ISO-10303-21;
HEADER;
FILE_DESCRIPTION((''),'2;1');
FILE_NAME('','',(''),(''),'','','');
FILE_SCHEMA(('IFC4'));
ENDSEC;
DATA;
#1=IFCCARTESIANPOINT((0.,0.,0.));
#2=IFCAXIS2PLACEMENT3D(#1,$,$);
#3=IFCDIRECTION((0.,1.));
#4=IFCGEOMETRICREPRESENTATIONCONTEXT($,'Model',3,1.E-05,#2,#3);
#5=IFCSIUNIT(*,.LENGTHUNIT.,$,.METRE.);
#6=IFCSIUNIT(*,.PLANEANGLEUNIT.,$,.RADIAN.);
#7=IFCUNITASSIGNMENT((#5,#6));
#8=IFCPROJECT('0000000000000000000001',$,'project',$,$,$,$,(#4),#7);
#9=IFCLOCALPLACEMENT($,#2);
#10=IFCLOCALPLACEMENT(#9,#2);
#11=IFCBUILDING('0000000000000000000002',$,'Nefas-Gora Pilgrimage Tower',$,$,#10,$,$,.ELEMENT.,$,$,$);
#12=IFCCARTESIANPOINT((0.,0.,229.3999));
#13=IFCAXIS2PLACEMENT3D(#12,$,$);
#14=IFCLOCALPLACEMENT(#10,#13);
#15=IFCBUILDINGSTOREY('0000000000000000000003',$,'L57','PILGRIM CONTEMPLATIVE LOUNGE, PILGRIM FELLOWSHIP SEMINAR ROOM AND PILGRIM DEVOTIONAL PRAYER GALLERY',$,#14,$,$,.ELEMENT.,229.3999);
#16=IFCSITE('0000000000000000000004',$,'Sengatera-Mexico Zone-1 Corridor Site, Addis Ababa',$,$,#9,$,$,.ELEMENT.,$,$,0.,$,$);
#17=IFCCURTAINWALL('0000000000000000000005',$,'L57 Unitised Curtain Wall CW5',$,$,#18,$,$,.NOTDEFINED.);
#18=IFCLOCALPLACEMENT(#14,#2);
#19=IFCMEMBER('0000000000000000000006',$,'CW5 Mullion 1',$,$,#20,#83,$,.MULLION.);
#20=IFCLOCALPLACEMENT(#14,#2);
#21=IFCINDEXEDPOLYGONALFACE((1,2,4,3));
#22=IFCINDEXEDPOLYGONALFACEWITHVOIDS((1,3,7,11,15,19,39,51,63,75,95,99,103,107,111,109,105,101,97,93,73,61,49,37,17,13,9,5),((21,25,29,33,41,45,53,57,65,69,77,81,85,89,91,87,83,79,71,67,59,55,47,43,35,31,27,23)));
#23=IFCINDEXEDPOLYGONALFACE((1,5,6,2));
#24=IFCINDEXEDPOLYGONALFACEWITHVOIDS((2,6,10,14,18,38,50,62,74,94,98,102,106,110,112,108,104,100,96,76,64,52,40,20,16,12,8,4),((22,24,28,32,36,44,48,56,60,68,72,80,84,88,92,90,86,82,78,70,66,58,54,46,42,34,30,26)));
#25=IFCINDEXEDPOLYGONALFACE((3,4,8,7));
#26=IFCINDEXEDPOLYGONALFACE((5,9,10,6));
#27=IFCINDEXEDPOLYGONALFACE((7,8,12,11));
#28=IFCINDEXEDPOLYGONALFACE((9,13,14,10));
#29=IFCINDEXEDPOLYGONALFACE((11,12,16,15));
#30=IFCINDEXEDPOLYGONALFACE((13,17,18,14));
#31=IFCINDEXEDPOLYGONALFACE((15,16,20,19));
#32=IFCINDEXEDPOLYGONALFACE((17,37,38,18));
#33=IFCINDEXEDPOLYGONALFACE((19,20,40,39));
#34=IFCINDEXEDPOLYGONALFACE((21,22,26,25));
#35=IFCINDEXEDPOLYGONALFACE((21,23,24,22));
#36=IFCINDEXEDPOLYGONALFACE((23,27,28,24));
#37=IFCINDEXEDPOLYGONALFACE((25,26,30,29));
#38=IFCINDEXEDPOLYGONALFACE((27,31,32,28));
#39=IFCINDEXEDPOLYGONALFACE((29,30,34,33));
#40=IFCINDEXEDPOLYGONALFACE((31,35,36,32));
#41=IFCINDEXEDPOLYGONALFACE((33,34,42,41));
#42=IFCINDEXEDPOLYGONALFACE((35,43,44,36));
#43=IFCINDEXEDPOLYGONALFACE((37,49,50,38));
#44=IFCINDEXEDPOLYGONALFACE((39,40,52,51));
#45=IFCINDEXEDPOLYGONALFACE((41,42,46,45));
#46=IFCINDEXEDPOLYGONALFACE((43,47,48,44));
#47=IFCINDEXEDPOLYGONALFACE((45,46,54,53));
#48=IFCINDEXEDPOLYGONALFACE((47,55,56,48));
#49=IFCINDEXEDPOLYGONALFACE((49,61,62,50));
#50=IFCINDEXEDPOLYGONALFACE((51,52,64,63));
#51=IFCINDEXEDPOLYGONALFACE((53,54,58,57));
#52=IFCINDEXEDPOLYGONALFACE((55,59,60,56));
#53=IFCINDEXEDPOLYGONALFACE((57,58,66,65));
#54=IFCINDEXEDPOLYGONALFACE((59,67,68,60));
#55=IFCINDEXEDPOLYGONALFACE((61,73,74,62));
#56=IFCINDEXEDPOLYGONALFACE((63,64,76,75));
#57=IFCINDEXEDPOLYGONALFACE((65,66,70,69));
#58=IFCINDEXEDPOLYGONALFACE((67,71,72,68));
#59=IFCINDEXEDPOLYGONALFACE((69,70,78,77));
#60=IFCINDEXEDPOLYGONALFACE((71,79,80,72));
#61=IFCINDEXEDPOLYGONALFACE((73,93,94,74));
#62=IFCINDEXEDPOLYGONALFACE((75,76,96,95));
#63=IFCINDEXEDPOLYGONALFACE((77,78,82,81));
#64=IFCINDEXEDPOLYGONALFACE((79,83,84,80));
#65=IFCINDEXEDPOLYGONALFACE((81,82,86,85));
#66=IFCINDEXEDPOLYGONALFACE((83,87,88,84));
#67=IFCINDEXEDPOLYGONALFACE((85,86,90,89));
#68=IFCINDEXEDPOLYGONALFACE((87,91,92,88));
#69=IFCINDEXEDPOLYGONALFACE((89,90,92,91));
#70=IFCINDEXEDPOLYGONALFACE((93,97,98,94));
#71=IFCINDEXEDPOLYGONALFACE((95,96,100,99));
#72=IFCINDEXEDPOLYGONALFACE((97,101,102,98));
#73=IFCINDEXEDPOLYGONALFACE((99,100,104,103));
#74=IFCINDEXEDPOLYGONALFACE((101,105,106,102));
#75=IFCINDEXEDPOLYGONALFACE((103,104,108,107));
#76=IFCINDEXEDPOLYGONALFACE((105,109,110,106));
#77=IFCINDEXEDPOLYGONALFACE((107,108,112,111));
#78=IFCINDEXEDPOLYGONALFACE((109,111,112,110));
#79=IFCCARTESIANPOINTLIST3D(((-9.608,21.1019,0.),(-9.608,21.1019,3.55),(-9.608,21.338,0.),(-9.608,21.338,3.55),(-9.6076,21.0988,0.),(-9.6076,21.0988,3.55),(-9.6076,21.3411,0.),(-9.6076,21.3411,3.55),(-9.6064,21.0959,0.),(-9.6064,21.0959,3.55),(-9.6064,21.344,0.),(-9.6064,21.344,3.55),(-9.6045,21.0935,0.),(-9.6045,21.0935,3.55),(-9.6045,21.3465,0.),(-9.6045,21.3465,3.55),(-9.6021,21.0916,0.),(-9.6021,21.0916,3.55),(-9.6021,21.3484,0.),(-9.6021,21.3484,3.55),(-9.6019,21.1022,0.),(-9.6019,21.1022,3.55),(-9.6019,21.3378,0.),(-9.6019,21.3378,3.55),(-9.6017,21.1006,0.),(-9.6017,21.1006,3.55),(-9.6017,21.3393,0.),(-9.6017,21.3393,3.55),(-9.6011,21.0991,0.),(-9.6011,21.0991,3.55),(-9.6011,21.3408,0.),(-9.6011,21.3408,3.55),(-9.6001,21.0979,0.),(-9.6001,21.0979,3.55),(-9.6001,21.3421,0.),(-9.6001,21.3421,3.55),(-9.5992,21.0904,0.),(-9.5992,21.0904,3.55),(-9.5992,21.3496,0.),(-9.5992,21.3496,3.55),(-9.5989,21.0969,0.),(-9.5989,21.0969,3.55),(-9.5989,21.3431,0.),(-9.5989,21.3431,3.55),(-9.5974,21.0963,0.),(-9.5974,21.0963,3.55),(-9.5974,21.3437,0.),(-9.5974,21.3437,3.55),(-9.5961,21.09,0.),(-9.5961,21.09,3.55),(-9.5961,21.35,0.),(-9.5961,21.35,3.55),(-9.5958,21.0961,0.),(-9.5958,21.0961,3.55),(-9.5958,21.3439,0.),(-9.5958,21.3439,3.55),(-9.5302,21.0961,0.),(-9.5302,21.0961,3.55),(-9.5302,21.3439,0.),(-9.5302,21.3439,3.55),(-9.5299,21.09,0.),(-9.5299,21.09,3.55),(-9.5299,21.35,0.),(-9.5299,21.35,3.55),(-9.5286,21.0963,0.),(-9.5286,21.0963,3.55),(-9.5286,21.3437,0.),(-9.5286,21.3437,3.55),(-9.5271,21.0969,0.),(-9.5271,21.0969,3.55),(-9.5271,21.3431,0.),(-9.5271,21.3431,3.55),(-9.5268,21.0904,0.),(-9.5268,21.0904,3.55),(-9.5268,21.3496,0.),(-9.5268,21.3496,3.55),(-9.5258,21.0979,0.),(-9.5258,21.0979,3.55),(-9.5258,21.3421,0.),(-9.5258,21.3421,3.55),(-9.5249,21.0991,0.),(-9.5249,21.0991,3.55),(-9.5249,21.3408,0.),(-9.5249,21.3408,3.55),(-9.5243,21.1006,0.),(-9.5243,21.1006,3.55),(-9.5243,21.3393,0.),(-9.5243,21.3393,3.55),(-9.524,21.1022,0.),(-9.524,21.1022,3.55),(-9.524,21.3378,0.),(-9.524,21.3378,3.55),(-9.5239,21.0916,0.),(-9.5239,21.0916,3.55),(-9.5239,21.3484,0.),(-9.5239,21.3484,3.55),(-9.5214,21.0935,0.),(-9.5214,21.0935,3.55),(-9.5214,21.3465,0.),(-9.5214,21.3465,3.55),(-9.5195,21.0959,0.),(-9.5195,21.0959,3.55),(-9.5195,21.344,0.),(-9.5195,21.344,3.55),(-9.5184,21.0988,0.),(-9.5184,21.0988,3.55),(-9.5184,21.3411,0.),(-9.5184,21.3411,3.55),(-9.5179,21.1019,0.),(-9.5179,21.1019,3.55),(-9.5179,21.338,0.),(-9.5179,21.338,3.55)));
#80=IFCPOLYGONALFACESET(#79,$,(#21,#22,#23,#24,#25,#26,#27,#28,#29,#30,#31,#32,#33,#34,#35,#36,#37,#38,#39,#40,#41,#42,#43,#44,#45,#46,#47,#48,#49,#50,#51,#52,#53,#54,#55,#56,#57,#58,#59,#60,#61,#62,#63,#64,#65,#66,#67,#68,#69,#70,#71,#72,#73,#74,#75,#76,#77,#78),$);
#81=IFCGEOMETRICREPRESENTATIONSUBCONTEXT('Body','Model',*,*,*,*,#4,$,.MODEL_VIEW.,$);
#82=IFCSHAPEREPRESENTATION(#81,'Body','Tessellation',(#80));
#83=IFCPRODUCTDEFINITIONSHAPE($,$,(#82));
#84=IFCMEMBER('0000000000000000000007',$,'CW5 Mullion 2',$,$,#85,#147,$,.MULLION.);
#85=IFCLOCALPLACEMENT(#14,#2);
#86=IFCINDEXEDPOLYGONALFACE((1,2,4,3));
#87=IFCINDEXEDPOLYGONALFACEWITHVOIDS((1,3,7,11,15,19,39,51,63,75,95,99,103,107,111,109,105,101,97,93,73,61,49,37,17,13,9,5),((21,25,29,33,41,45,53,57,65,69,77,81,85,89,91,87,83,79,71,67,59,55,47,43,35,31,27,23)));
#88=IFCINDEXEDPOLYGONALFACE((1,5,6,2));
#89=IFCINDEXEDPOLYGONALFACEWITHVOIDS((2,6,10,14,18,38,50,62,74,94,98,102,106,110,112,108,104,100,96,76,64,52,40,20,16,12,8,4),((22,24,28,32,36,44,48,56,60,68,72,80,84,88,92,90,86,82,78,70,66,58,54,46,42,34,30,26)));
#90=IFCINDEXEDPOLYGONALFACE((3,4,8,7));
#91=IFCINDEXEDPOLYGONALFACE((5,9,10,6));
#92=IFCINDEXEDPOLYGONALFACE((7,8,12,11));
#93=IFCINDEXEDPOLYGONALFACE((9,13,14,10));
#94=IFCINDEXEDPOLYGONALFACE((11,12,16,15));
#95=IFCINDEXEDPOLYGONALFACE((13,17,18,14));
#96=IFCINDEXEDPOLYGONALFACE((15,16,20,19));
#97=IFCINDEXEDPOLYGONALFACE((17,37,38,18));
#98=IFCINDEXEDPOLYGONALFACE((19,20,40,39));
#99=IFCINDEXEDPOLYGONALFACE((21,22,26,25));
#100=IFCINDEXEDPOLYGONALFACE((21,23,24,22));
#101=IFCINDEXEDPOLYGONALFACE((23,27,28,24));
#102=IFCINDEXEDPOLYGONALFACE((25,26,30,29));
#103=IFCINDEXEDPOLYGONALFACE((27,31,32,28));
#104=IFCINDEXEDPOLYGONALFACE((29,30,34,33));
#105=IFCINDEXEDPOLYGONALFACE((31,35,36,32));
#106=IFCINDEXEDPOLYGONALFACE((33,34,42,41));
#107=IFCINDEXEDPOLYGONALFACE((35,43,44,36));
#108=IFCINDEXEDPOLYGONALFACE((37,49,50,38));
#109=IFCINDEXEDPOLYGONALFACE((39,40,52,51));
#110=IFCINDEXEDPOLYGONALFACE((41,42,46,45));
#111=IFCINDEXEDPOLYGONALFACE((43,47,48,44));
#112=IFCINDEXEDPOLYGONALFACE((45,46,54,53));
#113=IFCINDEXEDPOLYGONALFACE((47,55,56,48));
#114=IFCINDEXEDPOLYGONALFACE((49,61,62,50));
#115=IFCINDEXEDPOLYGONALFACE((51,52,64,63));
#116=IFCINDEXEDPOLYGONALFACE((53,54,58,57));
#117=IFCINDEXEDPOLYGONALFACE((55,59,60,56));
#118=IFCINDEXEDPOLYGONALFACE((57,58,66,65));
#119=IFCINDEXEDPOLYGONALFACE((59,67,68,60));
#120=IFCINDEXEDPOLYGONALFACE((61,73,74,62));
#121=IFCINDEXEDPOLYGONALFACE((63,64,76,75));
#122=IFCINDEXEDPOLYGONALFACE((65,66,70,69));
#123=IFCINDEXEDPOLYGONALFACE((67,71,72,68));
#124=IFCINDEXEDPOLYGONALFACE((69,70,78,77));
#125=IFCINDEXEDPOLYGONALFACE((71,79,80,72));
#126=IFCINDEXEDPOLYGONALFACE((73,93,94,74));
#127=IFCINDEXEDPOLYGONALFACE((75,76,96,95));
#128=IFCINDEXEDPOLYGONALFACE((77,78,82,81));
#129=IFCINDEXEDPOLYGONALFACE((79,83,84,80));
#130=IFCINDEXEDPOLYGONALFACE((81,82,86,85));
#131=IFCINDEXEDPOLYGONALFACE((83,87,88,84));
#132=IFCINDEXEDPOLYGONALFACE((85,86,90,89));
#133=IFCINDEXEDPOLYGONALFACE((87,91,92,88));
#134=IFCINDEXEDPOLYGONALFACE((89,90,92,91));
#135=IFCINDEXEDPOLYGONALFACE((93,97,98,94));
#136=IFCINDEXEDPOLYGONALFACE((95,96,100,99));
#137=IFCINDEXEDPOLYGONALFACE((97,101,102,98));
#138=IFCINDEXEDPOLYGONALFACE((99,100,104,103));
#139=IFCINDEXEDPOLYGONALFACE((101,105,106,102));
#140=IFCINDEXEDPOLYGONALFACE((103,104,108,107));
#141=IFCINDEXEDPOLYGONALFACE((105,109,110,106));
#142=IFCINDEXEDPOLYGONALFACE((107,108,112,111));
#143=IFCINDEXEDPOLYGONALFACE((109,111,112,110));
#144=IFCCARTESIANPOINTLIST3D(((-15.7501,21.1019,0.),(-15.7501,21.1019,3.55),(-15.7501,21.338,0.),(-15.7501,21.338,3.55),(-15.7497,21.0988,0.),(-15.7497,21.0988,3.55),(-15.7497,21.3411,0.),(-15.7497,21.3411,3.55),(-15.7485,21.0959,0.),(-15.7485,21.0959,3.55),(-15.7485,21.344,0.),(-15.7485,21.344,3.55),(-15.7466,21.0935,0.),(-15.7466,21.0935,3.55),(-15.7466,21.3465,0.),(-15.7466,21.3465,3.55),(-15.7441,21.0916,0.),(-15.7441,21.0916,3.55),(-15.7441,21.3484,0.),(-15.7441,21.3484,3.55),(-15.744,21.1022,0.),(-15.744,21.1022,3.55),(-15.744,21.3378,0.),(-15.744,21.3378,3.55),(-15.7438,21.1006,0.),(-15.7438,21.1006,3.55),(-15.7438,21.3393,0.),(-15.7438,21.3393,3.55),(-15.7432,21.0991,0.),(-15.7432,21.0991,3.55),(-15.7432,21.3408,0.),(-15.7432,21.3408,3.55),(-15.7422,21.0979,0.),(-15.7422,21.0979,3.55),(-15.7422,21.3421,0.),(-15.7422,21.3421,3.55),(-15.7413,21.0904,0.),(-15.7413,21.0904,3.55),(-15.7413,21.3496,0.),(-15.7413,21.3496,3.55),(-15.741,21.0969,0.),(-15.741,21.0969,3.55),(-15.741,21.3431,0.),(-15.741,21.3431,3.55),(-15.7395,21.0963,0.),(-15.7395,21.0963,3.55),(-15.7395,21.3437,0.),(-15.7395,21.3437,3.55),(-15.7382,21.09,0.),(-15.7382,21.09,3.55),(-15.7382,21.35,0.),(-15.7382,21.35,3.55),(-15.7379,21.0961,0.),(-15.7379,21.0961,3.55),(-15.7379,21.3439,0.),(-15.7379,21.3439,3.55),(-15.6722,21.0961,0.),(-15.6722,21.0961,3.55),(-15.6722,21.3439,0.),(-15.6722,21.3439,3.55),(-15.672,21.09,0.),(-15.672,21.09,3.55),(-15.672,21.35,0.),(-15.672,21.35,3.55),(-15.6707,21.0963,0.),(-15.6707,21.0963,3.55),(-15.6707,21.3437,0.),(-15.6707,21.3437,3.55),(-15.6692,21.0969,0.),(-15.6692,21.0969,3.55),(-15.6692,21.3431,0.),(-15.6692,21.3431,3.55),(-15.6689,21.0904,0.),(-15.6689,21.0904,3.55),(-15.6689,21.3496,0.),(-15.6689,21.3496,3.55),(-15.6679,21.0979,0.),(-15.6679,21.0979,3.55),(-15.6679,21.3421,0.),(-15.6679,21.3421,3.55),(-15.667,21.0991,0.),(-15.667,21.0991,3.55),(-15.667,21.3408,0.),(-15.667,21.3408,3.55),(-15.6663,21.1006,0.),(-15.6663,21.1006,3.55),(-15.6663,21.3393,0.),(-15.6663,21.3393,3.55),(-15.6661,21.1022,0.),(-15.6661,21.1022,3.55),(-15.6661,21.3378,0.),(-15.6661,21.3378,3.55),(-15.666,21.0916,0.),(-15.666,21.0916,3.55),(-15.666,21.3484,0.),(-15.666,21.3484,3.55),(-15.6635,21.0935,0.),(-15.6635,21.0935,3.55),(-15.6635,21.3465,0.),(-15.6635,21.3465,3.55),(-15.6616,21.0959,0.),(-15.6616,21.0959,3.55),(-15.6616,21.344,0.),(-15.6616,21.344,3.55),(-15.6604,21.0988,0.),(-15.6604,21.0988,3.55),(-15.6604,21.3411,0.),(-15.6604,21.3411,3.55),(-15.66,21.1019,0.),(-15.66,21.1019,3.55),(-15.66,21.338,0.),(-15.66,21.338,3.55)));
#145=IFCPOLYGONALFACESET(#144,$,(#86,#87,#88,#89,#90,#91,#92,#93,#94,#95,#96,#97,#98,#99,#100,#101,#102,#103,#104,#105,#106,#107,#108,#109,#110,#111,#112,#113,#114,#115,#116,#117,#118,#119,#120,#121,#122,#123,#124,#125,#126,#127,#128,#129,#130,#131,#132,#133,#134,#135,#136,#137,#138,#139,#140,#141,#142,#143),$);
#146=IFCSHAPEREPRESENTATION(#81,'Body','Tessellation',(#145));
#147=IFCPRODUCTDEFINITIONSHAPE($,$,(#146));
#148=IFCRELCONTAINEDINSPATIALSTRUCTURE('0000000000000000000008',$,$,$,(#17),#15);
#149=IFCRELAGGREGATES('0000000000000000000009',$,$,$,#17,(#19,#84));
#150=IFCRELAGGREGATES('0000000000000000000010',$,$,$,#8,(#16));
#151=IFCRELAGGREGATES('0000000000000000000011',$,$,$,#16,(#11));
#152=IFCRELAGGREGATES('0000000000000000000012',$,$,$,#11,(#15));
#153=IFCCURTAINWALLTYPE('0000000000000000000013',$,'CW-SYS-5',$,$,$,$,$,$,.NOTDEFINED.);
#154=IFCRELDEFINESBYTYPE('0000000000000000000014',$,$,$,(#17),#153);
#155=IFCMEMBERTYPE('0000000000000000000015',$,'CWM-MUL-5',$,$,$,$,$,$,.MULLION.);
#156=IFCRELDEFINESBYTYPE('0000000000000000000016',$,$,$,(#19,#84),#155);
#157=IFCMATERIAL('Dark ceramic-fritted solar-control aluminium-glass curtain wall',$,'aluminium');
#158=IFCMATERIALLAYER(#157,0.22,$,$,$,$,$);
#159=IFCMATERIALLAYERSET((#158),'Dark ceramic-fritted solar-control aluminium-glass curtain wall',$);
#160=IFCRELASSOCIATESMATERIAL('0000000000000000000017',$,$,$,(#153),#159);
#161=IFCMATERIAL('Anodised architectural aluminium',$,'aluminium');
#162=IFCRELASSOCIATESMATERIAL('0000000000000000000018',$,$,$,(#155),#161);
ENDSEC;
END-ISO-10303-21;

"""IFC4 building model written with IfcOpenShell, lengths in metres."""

from ifc_helpers import new_model, si_unit, direction, frame, origin, origin_2d, place, context, subcontext, project, spatial, hollow_rectangle, extrude, source, transform, mapped, material, layer, layer_set, material_profile, profile_set, type_object, element, aggregate, save


model = new_model("IFC4")

# Units and contexts
model_context = context("Model", 3, precision=1e-05, world=origin(), true_north=direction((0.0, 1.0)))
body_context = subcontext(model_context, "Body", "Model", "MODEL_VIEW")
ifc_project = project(units=[si_unit("LENGTHUNIT", "METRE"), si_unit("PLANEANGLEUNIT", "RADIAN")], contexts=[model_context])

# Site, building, storey
site_placement = place(None, origin())
site = spatial("IfcSite", under=ifc_project, at=site_placement, Name="Sengatera-Mexico Zone-1 Corridor Site, Addis Ababa", CompositionType="ELEMENT", RefElevation=0.0)
building_placement = place(site_placement, origin())
building = spatial("IfcBuilding", under=site, at=building_placement, Name="Nefas-Gora Pilgrimage Tower", CompositionType="ELEMENT")
storey_placement = place(building_placement, frame((0.0, 0.0, 229.3999)))
storey = spatial("IfcBuildingStorey", under=building, at=storey_placement, Name="L57", Description="PILGRIM CONTEMPLATIVE LOUNGE, PILGRIM FELLOWSHIP SEMINAR ROOM AND PILGRIM DEVOTIONAL PRAYER GALLERY", CompositionType="ELEMENT", Elevation=229.3999)

# Curtain wall, members
ifc_material_1 = material(Name="Dark ceramic-fritted solar-control aluminium-glass curtain wall", Category="aluminium")
ifc_layer_1 = layer(ifc_material_1, 0.22)
ifc_layer_set_1 = layer_set([ifc_layer_1], Name="Dark ceramic-fritted solar-control aluminium-glass curtain wall")
curtain_wall_type_1 = type_object("IfcCurtainWallType", Name="CW-SYS-5", PredefinedType="NOTDEFINED", material=ifc_layer_set_1)
curtain_wall_1_placement = place(storey_placement, origin())
curtain_wall_1 = element("IfcCurtainWall", 1, at=curtain_wall_1_placement, inside=storey, type_object=curtain_wall_type_1, Name="L57 Unitised Curtain Wall CW5", PredefinedType="NOTDEFINED")
ifc_material_2 = material(Name="Anodised architectural aluminium", Category="aluminium")
ifc_material_profile_1 = material_profile(ifc_material_2, hollow_rectangle(XDim=0.0901, YDim=0.26, WallThickness=0.0061, InnerFilletRadius=0.0061, OuterFilletRadius=0.012, at=origin_2d()), Name="ALU MULLION 90x260")
ifc_profile_set_1 = profile_set([ifc_material_profile_1], Name="Anodised architectural aluminium")
member_type_1 = type_object("IfcMemberType", Name="CWM-MUL-5", PredefinedType="MULLION", material=ifc_profile_set_1)
shared_shape_1 = source(origin(), body_context, "Body", "SweptSolid", [
    extrude(hollow_rectangle(XDim=0.0901, YDim=0.26, WallThickness=0.0061, InnerFilletRadius=0.0061, OuterFilletRadius=0.012, at=origin_2d()), origin(), (0.0, 0.0, 1.0), 3.55),
])
member_1_placement = place(storey_placement, frame((-9.563, 21.22, 0.0), z_axis=(0.0, 0.0, 1.0), x_axis=(-1.0, 0.0, 0.0)))
member_1 = element("IfcMember", 2, at=member_1_placement, type_object=member_type_1, Name="CW5 Mullion 1", PredefinedType="MULLION", context=body_context, shape_type="MappedRepresentation", body=[
    mapped(shared_shape_1, transform((0.0, 0.0, 0.0), x_axis=(1.0, 0.0, 0.0), y_axis=(0.0, 1.0, 0.0), z_axis=(0.0, 0.0, 1.0), scale=1.0)),
])
member_2_placement = place(storey_placement, frame((-15.7051, 21.22, 0.0), z_axis=(0.0, 0.0, 1.0), x_axis=(-1.0, 0.0, 0.0)))
member_2 = element("IfcMember", 3, at=member_2_placement, type_object=member_type_1, Name="CW5 Mullion 2", PredefinedType="MULLION", context=body_context, shape_type="MappedRepresentation", body=[
    mapped(shared_shape_1, transform((0.0, 0.0, 0.0), x_axis=(1.0, 0.0, 0.0), y_axis=(0.0, 1.0, 0.0), z_axis=(0.0, 0.0, 1.0), scale=1.0)),
])

aggregate(curtain_wall_1, [member_1, member_2])

save(model, "model.ifc")
